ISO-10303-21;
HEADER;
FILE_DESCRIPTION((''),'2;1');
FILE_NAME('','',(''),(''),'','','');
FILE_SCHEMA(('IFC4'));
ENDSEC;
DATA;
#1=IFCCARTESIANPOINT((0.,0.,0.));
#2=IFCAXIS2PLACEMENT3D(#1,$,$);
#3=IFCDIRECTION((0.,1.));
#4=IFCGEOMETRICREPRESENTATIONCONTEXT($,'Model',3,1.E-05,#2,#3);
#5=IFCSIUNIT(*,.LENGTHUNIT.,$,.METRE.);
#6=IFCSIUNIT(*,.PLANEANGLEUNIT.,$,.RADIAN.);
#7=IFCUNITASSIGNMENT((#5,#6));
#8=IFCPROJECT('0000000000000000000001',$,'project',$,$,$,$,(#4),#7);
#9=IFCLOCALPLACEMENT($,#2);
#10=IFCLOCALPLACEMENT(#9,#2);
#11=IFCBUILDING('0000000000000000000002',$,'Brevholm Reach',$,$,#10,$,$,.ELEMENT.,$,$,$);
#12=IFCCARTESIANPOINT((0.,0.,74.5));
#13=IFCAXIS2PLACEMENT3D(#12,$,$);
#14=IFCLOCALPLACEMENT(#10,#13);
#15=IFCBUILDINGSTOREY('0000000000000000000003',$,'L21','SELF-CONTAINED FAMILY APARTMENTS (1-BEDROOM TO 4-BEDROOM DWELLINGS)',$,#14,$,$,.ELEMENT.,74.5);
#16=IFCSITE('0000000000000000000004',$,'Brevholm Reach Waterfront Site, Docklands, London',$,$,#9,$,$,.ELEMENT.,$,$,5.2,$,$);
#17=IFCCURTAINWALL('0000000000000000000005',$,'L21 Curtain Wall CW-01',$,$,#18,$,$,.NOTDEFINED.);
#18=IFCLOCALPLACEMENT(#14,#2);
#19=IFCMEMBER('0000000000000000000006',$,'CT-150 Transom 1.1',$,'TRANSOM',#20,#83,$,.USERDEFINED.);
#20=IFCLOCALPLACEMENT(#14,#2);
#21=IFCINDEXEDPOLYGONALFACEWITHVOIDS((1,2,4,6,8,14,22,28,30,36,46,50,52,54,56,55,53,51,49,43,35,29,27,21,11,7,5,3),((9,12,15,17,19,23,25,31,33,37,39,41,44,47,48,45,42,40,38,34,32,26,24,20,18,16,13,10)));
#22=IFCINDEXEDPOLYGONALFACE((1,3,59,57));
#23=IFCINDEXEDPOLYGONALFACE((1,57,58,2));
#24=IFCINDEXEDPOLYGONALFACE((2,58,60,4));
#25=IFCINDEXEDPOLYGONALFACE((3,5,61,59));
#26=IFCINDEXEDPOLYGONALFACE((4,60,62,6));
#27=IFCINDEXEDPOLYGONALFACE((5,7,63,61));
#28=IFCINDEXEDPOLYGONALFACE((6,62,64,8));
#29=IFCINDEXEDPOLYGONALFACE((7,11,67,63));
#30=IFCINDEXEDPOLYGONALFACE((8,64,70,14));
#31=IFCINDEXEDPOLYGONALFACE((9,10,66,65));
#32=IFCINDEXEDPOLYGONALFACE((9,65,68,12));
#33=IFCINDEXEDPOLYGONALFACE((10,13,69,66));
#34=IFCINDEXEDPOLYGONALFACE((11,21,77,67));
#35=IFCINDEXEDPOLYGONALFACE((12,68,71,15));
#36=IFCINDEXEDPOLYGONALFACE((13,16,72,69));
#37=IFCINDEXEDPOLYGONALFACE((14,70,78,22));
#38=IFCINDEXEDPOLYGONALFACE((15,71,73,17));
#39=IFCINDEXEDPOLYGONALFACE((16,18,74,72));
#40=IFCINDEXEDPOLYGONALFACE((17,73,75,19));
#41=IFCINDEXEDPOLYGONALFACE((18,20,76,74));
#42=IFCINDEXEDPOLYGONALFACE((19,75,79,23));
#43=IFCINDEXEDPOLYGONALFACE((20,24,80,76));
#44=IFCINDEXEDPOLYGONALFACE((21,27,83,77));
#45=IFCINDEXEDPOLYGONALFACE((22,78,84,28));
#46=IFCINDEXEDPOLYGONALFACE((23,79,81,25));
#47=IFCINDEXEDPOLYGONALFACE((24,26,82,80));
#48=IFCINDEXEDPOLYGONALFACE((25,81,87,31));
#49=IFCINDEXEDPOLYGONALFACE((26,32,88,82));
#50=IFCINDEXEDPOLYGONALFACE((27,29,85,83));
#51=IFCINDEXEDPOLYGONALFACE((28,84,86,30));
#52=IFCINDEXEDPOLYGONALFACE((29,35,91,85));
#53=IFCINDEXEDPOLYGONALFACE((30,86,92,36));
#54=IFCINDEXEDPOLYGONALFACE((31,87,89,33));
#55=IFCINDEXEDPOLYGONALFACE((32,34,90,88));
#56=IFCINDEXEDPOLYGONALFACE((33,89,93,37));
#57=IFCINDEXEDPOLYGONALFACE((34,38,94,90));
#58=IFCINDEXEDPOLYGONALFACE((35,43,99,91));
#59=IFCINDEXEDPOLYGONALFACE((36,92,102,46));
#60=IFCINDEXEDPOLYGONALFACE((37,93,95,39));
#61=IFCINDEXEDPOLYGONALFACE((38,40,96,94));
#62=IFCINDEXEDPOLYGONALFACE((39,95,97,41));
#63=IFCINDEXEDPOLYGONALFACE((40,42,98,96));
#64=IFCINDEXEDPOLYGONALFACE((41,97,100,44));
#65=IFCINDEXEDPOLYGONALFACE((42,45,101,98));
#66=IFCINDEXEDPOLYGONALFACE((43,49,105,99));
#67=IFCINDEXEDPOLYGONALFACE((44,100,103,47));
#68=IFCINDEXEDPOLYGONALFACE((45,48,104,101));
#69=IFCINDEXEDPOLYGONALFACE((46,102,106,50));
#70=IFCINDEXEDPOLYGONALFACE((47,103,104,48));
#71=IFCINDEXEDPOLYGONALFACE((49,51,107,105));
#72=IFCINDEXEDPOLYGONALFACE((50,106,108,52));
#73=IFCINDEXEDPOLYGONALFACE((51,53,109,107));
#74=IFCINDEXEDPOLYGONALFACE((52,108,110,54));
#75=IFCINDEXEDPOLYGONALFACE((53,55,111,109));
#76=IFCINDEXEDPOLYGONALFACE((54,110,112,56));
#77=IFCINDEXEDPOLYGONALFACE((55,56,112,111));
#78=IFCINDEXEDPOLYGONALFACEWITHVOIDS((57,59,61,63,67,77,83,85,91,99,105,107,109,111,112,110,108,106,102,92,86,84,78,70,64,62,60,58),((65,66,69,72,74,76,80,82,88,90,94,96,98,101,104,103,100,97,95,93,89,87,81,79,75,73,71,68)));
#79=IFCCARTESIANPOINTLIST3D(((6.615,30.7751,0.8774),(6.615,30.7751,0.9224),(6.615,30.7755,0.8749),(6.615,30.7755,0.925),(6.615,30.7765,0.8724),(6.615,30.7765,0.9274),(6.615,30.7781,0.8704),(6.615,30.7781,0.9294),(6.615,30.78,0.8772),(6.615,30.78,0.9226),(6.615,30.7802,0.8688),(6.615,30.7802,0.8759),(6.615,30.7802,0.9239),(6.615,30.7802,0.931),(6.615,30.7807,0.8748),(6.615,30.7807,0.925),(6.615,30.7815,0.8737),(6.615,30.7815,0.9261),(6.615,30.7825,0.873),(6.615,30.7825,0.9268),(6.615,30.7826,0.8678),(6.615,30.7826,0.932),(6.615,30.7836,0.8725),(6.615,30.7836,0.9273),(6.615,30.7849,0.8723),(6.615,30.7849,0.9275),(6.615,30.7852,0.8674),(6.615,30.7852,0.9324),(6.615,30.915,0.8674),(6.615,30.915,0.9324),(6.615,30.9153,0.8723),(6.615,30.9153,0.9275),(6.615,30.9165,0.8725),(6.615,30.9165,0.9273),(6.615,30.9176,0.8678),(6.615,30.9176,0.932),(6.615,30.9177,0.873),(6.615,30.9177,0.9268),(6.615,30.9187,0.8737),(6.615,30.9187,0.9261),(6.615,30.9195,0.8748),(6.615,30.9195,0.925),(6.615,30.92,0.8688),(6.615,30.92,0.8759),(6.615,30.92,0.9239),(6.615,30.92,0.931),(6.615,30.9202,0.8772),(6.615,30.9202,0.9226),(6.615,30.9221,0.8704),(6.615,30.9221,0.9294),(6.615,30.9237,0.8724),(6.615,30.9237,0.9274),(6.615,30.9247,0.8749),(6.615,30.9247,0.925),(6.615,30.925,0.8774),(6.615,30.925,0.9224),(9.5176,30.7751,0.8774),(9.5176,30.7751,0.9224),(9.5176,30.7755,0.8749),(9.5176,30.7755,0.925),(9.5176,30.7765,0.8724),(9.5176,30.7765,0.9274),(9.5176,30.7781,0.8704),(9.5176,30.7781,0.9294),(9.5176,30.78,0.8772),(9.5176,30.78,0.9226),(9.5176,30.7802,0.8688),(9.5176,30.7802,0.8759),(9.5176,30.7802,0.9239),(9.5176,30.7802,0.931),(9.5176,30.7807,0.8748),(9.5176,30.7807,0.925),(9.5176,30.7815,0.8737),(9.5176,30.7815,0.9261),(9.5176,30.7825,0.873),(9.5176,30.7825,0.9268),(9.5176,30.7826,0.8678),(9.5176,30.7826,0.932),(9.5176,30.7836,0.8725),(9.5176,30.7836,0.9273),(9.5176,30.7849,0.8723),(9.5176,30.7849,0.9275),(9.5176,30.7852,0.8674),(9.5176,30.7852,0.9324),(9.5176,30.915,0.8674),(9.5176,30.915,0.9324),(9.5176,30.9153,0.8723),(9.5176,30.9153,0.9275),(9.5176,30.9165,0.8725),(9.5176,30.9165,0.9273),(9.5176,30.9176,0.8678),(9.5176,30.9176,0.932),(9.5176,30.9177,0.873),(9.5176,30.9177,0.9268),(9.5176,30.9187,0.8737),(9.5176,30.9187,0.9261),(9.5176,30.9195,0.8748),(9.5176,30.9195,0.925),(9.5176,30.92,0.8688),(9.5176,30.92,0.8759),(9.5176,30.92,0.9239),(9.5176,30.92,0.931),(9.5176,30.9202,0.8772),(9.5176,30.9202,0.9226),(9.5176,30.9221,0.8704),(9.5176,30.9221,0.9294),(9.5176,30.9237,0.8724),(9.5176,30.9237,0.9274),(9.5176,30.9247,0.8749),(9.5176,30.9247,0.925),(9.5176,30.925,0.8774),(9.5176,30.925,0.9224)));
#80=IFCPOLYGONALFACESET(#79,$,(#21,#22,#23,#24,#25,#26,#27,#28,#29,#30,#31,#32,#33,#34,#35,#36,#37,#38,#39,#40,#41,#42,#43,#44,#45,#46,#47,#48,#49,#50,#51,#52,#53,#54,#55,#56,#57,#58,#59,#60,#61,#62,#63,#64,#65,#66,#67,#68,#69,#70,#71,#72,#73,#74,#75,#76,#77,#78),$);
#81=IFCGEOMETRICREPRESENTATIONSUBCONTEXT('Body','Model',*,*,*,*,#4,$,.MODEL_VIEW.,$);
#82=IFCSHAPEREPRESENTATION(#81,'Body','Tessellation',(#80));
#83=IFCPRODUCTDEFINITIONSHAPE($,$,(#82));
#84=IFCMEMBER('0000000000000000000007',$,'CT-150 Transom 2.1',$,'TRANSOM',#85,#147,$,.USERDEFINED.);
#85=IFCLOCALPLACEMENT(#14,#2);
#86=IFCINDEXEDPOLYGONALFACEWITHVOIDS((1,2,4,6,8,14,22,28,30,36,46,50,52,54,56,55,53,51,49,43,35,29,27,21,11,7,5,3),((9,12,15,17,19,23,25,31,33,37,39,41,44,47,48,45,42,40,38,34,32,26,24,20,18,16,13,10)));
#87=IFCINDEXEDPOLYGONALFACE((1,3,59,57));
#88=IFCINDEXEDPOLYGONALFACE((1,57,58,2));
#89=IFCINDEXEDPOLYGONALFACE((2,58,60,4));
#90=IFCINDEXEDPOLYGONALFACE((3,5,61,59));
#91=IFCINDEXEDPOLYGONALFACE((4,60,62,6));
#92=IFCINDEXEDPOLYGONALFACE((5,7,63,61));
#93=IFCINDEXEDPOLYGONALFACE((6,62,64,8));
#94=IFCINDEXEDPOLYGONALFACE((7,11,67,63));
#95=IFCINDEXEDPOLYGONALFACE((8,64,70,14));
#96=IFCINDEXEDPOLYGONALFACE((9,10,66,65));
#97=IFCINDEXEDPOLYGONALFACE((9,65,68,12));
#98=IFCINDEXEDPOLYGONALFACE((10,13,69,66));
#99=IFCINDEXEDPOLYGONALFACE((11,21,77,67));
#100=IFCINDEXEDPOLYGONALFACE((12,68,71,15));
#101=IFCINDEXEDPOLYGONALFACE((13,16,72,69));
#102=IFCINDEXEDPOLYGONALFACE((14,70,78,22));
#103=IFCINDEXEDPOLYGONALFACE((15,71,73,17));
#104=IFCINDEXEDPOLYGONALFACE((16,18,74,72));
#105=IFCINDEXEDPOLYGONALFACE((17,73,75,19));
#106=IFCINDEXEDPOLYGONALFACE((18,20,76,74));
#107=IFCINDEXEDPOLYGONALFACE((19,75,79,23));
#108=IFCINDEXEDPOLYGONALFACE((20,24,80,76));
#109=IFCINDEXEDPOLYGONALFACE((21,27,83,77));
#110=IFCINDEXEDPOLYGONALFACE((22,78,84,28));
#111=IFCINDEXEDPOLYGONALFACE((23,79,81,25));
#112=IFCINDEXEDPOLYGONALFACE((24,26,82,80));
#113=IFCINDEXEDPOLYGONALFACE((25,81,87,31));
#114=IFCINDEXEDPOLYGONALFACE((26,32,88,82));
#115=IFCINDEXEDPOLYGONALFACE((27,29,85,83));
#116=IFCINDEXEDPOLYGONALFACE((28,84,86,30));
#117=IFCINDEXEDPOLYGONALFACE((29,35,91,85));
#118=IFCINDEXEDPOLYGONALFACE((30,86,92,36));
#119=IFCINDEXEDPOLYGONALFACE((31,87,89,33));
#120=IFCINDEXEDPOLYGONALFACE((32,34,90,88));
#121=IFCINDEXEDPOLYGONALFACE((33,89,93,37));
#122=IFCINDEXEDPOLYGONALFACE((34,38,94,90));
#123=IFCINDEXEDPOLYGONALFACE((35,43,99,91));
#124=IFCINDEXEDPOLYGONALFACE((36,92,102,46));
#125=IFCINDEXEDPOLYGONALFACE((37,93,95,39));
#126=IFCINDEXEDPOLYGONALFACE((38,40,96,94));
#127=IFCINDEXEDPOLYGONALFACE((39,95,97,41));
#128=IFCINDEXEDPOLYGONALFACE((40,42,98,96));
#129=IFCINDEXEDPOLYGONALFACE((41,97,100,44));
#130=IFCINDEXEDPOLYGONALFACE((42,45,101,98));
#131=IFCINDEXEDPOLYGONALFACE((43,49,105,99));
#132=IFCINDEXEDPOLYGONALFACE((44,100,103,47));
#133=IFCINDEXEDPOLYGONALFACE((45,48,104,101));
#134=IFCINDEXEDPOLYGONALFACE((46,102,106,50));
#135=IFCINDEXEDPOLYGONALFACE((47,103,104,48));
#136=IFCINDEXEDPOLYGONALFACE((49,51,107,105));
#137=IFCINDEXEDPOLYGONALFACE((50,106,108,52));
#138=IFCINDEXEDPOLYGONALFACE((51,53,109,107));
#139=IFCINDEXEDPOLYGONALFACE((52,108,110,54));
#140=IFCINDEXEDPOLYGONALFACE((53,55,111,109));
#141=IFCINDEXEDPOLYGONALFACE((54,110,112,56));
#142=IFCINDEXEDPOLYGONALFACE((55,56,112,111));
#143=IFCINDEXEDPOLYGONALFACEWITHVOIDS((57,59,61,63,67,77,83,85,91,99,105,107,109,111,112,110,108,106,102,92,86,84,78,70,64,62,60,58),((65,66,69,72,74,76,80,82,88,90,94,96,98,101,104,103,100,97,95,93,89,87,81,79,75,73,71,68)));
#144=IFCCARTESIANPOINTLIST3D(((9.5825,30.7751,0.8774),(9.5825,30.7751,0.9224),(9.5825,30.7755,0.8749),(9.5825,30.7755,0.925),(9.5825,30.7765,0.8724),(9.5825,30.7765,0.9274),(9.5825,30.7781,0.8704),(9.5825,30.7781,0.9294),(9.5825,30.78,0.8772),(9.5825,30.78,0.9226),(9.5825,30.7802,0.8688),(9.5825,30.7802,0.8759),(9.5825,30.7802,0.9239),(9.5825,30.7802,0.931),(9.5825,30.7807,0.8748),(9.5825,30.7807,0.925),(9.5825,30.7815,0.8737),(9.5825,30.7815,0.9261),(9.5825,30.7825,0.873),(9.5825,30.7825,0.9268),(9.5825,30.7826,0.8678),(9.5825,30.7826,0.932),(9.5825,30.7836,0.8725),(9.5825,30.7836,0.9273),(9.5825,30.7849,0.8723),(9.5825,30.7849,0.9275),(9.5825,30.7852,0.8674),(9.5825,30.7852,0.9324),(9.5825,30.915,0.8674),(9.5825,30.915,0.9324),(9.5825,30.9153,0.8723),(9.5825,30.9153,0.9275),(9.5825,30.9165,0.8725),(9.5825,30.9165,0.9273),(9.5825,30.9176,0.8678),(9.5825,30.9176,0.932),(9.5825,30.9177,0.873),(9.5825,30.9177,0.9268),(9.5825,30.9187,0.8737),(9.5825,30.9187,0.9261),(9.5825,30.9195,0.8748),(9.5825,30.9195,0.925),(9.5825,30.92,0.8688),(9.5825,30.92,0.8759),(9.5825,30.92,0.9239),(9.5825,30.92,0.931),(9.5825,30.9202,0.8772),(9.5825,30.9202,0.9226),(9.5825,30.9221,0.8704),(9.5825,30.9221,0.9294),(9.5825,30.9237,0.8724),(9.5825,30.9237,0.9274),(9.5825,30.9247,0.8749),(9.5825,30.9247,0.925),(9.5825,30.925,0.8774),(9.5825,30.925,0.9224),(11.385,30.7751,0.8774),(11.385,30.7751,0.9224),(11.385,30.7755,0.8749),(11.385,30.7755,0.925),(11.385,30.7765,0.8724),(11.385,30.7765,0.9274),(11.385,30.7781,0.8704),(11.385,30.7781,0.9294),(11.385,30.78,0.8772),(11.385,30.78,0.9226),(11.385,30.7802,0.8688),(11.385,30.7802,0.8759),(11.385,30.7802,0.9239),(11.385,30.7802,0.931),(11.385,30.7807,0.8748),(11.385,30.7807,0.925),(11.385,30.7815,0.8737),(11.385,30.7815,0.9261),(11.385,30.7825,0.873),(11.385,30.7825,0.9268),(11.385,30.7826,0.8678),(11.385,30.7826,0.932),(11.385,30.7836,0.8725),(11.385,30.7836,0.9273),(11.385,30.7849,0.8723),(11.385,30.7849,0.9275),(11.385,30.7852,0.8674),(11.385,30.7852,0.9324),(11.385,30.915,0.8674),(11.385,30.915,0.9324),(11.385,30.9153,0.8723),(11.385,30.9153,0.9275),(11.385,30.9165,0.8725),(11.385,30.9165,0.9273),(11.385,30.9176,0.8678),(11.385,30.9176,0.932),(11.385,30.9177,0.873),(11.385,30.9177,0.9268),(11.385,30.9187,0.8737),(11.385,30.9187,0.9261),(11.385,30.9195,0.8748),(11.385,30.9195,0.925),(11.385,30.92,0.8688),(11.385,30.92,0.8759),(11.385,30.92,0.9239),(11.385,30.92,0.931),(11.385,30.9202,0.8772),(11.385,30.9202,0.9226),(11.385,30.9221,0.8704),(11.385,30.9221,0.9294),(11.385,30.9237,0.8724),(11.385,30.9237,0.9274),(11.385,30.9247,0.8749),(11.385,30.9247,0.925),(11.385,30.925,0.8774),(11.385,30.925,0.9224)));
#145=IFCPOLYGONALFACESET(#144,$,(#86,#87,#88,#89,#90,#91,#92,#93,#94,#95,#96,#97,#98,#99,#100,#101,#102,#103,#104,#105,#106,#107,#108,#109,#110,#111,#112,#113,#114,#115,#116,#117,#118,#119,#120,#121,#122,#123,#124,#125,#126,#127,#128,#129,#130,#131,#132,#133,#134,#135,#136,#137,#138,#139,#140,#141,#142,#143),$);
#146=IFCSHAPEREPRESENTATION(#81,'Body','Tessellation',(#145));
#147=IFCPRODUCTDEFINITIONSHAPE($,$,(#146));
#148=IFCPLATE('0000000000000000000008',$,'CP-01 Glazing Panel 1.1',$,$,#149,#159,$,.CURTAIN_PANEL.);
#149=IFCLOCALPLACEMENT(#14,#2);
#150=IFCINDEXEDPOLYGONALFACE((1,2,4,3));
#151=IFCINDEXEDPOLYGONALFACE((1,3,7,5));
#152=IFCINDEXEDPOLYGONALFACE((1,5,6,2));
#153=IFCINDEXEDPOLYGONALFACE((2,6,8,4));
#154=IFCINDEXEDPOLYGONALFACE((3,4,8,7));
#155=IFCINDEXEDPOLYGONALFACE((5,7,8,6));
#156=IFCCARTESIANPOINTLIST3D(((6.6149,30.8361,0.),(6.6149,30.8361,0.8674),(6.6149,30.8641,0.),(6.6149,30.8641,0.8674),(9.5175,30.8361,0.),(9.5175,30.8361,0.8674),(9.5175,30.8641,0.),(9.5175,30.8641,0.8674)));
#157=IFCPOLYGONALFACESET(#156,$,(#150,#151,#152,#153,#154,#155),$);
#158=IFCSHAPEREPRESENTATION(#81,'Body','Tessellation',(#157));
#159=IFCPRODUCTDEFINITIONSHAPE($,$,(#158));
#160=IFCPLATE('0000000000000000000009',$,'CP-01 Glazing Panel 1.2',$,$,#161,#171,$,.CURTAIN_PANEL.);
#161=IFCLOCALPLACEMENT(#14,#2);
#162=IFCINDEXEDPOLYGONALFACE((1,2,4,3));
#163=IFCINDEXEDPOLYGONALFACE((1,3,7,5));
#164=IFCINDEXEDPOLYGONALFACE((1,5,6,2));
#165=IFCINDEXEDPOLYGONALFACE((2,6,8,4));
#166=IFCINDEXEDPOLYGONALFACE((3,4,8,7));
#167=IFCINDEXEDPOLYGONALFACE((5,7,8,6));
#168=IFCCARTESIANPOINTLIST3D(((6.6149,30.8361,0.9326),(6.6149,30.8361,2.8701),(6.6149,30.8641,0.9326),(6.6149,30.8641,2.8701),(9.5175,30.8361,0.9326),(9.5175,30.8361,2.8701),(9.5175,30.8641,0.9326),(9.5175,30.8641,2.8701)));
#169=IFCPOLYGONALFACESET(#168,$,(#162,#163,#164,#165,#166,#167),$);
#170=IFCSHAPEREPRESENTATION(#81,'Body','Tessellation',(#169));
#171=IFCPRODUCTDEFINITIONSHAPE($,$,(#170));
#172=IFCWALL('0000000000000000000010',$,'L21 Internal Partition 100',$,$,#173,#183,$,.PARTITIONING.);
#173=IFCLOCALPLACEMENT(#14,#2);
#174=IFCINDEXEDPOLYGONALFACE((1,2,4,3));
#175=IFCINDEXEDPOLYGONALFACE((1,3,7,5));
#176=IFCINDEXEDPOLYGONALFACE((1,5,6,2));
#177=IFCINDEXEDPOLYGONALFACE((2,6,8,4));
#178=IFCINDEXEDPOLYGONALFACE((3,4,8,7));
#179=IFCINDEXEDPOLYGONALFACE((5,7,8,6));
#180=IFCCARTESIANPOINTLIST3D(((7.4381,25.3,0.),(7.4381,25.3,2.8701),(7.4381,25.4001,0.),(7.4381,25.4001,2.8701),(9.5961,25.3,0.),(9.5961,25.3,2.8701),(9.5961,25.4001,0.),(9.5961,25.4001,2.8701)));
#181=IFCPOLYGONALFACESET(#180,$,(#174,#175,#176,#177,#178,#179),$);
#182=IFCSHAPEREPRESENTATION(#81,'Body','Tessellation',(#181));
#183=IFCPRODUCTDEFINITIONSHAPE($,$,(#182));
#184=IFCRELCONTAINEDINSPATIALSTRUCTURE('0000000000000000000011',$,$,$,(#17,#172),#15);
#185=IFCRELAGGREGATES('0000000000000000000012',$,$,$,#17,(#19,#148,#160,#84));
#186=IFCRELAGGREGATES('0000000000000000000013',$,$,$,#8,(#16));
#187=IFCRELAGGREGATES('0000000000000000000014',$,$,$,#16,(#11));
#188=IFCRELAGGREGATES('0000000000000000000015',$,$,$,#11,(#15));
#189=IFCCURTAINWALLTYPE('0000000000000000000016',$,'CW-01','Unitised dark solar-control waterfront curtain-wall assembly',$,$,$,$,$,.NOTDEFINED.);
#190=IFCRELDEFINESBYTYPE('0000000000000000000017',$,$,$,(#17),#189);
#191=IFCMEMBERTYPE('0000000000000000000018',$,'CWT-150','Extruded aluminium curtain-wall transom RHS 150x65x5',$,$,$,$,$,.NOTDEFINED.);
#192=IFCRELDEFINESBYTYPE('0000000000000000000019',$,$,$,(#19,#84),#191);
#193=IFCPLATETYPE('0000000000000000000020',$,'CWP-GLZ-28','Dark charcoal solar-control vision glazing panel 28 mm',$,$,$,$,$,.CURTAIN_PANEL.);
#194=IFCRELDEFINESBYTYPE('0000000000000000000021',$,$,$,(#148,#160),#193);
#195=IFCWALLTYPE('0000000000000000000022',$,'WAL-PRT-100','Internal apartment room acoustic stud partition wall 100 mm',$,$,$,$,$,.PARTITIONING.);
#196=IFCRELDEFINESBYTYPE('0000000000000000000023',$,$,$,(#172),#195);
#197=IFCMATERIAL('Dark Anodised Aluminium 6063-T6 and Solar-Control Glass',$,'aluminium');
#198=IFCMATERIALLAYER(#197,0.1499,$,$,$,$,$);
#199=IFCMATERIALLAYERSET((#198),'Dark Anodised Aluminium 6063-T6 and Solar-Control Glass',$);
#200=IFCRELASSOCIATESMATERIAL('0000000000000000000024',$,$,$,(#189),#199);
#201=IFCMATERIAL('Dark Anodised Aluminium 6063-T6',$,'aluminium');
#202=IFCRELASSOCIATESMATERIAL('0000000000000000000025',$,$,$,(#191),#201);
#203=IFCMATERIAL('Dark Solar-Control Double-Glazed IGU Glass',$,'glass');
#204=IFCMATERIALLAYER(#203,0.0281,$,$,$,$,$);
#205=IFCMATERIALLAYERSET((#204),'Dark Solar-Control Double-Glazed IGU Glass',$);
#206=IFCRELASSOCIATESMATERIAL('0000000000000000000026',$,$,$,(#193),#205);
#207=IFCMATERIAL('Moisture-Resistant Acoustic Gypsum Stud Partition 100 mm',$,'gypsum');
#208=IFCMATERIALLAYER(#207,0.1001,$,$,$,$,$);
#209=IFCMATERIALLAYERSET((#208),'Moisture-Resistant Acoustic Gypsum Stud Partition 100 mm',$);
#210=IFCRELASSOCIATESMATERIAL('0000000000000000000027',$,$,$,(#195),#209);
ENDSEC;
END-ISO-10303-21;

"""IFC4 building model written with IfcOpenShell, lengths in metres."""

from ifc_helpers import new_model, si_unit, direction, frame, frame_2d, origin, origin_2d, place, context, subcontext, project, spatial, rectangle, hollow_rectangle, extrude, material, layer, layer_set, material_profile, profile_set, type_object, element, aggregate, save


model = new_model("IFC4")

# Units and contexts
model_context = context("Model", 3, precision=1e-05, world=origin(), true_north=direction((0.0, 1.0)))
body_context = subcontext(model_context, "Body", "Model", "MODEL_VIEW")
ifc_project = project(units=[si_unit("LENGTHUNIT", "METRE"), si_unit("PLANEANGLEUNIT", "RADIAN")], contexts=[model_context])

# Site, building, storey
site_placement = place(None, origin())
site = spatial("IfcSite", under=ifc_project, at=site_placement, Name="Brevholm Reach Waterfront Site, Docklands, London", CompositionType="ELEMENT", RefElevation=5.2)
building_placement = place(site_placement, origin())
building = spatial("IfcBuilding", under=site, at=building_placement, Name="Brevholm Reach", CompositionType="ELEMENT")
storey_placement = place(building_placement, frame((0.0, 0.0, 74.5)))
storey = spatial("IfcBuildingStorey", under=building, at=storey_placement, Name="L21", Description="SELF-CONTAINED FAMILY APARTMENTS (1-BEDROOM TO 4-BEDROOM DWELLINGS)", CompositionType="ELEMENT", Elevation=74.5)

# Curtain wall, members, plates
ifc_material_1 = material(Name="Dark Anodised Aluminium 6063-T6 and Solar-Control Glass", Category="aluminium")
ifc_layer_1 = layer(ifc_material_1, 0.1499)
ifc_layer_set_1 = layer_set([ifc_layer_1], Name="Dark Anodised Aluminium 6063-T6 and Solar-Control Glass")
curtain_wall_type = type_object("IfcCurtainWallType", Name="CW-01", Description="Unitised dark solar-control waterfront curtain-wall assembly", PredefinedType="NOTDEFINED", material=ifc_layer_set_1)
curtain_wall_placement = place(storey_placement, origin())
curtain_wall = element("IfcCurtainWall", 1, at=curtain_wall_placement, inside=storey, type_object=curtain_wall_type, Name="L21 Curtain Wall CW-01", PredefinedType="NOTDEFINED")
ifc_material_2 = material(Name="Dark Anodised Aluminium 6063-T6", Category="aluminium")
ifc_material_profile_1 = material_profile(ifc_material_2, hollow_rectangle(XDim=0.0649, YDim=0.1499, WallThickness=0.0049, InnerFilletRadius=0.0049, OuterFilletRadius=0.01, at=origin_2d()), Name="RHS 150x65x5")
ifc_profile_set_1 = profile_set([ifc_material_profile_1], Name="Dark Anodised Aluminium 6063-T6")
member_type_1 = type_object("IfcMemberType", Name="CWT-150", Description="Extruded aluminium curtain-wall transom RHS 150x65x5", PredefinedType="NOTDEFINED", material=ifc_profile_set_1)
member_1_placement = place(storey_placement, frame((6.615, 30.8501, 0.8999), z_axis=(1.0, 0.0, 0.0), x_axis=(0.0, 0.0, 1.0)))
member_1 = element("IfcMember", 2, at=member_1_placement, type_object=member_type_1, Name="CT-150 Transom 1.1", ObjectType="TRANSOM", PredefinedType="USERDEFINED", context=body_context, shape_type="SweptSolid", body=[
    extrude(hollow_rectangle(XDim=0.0649, YDim=0.1499, WallThickness=0.0049, InnerFilletRadius=0.0049, OuterFilletRadius=0.01, at=origin_2d()), origin(), (0.0, 0.0, 1.0), 2.9026),
])
member_2_placement = place(storey_placement, frame((9.5825, 30.8501, 0.8999), z_axis=(1.0, 0.0, 0.0), x_axis=(0.0, 0.0, 1.0)))
member_2 = element("IfcMember", 3, at=member_2_placement, type_object=member_type_1, Name="CT-150 Transom 2.1", ObjectType="TRANSOM", PredefinedType="USERDEFINED", context=body_context, shape_type="SweptSolid", body=[
    extrude(hollow_rectangle(XDim=0.0649, YDim=0.1499, WallThickness=0.0049, InnerFilletRadius=0.0049, OuterFilletRadius=0.01, at=origin_2d()), origin(), (0.0, 0.0, 1.0), 1.8025),
])
ifc_material_3 = material(Name="Dark Solar-Control Double-Glazed IGU Glass", Category="glass")
ifc_layer_2 = layer(ifc_material_3, 0.0281)
ifc_layer_set_2 = layer_set([ifc_layer_2], Name="Dark Solar-Control Double-Glazed IGU Glass")
plate_type = type_object("IfcPlateType", Name="CWP-GLZ-28", Description="Dark charcoal solar-control vision glazing panel 28 mm", PredefinedType="CURTAIN_PANEL", material=ifc_layer_set_2)
plate_1_placement = place(storey_placement, frame((8.0662, 30.8501, 0.0), z_axis=(0.0, 0.0, 1.0), x_axis=(1.0, 0.0, 0.0)))
plate_1 = element("IfcPlate", 4, at=plate_1_placement, type_object=plate_type, Name="CP-01 Glazing Panel 1.1", PredefinedType="CURTAIN_PANEL", context=body_context, shape_type="SweptSolid", body=[
    extrude(rectangle(XDim=2.9026, YDim=0.0281, at=origin_2d()), origin(), (0.0, 0.0, 1.0), 0.8674),
])
plate_2_placement = place(storey_placement, frame((8.0662, 30.8501, 0.9326), z_axis=(0.0, 0.0, 1.0), x_axis=(1.0, 0.0, 0.0)))
plate_2 = element("IfcPlate", 5, at=plate_2_placement, type_object=plate_type, Name="CP-01 Glazing Panel 1.2", PredefinedType="CURTAIN_PANEL", context=body_context, shape_type="SweptSolid", body=[
    extrude(rectangle(XDim=2.9026, YDim=0.0281, at=origin_2d()), origin(), (0.0, 0.0, 1.0), 1.9375),
])
aggregate(curtain_wall, [member_1, plate_1, plate_2, member_2])

# Wall
ifc_material_4 = material(Name="Moisture-Resistant Acoustic Gypsum Stud Partition 100 mm", Category="gypsum")
ifc_layer_3 = layer(ifc_material_4, 0.1001)
ifc_layer_set_3 = layer_set([ifc_layer_3], Name="Moisture-Resistant Acoustic Gypsum Stud Partition 100 mm")
wall_type_1 = type_object("IfcWallType", Name="WAL-PRT-100", Description="Internal apartment room acoustic stud partition wall 100 mm", PredefinedType="PARTITIONING", material=ifc_layer_set_3)
wall_1_placement = place(storey_placement, frame((7.438, 25.3501, 0.0), z_axis=(0.0, 0.0, 1.0), x_axis=(1.0, 0.0, 0.0)))
element("IfcWall", 6, at=wall_1_placement, inside=storey, type_object=wall_type_1, Name="L21 Internal Partition 100", PredefinedType="PARTITIONING", context=body_context, shape_type="SweptSolid", body=[
    extrude(rectangle(XDim=2.158, YDim=0.1001, at=frame_2d((1.0791, 0.0))), origin(), (0.0, 0.0, 1.0), 2.8701),
])

save(model, "model.ifc")
